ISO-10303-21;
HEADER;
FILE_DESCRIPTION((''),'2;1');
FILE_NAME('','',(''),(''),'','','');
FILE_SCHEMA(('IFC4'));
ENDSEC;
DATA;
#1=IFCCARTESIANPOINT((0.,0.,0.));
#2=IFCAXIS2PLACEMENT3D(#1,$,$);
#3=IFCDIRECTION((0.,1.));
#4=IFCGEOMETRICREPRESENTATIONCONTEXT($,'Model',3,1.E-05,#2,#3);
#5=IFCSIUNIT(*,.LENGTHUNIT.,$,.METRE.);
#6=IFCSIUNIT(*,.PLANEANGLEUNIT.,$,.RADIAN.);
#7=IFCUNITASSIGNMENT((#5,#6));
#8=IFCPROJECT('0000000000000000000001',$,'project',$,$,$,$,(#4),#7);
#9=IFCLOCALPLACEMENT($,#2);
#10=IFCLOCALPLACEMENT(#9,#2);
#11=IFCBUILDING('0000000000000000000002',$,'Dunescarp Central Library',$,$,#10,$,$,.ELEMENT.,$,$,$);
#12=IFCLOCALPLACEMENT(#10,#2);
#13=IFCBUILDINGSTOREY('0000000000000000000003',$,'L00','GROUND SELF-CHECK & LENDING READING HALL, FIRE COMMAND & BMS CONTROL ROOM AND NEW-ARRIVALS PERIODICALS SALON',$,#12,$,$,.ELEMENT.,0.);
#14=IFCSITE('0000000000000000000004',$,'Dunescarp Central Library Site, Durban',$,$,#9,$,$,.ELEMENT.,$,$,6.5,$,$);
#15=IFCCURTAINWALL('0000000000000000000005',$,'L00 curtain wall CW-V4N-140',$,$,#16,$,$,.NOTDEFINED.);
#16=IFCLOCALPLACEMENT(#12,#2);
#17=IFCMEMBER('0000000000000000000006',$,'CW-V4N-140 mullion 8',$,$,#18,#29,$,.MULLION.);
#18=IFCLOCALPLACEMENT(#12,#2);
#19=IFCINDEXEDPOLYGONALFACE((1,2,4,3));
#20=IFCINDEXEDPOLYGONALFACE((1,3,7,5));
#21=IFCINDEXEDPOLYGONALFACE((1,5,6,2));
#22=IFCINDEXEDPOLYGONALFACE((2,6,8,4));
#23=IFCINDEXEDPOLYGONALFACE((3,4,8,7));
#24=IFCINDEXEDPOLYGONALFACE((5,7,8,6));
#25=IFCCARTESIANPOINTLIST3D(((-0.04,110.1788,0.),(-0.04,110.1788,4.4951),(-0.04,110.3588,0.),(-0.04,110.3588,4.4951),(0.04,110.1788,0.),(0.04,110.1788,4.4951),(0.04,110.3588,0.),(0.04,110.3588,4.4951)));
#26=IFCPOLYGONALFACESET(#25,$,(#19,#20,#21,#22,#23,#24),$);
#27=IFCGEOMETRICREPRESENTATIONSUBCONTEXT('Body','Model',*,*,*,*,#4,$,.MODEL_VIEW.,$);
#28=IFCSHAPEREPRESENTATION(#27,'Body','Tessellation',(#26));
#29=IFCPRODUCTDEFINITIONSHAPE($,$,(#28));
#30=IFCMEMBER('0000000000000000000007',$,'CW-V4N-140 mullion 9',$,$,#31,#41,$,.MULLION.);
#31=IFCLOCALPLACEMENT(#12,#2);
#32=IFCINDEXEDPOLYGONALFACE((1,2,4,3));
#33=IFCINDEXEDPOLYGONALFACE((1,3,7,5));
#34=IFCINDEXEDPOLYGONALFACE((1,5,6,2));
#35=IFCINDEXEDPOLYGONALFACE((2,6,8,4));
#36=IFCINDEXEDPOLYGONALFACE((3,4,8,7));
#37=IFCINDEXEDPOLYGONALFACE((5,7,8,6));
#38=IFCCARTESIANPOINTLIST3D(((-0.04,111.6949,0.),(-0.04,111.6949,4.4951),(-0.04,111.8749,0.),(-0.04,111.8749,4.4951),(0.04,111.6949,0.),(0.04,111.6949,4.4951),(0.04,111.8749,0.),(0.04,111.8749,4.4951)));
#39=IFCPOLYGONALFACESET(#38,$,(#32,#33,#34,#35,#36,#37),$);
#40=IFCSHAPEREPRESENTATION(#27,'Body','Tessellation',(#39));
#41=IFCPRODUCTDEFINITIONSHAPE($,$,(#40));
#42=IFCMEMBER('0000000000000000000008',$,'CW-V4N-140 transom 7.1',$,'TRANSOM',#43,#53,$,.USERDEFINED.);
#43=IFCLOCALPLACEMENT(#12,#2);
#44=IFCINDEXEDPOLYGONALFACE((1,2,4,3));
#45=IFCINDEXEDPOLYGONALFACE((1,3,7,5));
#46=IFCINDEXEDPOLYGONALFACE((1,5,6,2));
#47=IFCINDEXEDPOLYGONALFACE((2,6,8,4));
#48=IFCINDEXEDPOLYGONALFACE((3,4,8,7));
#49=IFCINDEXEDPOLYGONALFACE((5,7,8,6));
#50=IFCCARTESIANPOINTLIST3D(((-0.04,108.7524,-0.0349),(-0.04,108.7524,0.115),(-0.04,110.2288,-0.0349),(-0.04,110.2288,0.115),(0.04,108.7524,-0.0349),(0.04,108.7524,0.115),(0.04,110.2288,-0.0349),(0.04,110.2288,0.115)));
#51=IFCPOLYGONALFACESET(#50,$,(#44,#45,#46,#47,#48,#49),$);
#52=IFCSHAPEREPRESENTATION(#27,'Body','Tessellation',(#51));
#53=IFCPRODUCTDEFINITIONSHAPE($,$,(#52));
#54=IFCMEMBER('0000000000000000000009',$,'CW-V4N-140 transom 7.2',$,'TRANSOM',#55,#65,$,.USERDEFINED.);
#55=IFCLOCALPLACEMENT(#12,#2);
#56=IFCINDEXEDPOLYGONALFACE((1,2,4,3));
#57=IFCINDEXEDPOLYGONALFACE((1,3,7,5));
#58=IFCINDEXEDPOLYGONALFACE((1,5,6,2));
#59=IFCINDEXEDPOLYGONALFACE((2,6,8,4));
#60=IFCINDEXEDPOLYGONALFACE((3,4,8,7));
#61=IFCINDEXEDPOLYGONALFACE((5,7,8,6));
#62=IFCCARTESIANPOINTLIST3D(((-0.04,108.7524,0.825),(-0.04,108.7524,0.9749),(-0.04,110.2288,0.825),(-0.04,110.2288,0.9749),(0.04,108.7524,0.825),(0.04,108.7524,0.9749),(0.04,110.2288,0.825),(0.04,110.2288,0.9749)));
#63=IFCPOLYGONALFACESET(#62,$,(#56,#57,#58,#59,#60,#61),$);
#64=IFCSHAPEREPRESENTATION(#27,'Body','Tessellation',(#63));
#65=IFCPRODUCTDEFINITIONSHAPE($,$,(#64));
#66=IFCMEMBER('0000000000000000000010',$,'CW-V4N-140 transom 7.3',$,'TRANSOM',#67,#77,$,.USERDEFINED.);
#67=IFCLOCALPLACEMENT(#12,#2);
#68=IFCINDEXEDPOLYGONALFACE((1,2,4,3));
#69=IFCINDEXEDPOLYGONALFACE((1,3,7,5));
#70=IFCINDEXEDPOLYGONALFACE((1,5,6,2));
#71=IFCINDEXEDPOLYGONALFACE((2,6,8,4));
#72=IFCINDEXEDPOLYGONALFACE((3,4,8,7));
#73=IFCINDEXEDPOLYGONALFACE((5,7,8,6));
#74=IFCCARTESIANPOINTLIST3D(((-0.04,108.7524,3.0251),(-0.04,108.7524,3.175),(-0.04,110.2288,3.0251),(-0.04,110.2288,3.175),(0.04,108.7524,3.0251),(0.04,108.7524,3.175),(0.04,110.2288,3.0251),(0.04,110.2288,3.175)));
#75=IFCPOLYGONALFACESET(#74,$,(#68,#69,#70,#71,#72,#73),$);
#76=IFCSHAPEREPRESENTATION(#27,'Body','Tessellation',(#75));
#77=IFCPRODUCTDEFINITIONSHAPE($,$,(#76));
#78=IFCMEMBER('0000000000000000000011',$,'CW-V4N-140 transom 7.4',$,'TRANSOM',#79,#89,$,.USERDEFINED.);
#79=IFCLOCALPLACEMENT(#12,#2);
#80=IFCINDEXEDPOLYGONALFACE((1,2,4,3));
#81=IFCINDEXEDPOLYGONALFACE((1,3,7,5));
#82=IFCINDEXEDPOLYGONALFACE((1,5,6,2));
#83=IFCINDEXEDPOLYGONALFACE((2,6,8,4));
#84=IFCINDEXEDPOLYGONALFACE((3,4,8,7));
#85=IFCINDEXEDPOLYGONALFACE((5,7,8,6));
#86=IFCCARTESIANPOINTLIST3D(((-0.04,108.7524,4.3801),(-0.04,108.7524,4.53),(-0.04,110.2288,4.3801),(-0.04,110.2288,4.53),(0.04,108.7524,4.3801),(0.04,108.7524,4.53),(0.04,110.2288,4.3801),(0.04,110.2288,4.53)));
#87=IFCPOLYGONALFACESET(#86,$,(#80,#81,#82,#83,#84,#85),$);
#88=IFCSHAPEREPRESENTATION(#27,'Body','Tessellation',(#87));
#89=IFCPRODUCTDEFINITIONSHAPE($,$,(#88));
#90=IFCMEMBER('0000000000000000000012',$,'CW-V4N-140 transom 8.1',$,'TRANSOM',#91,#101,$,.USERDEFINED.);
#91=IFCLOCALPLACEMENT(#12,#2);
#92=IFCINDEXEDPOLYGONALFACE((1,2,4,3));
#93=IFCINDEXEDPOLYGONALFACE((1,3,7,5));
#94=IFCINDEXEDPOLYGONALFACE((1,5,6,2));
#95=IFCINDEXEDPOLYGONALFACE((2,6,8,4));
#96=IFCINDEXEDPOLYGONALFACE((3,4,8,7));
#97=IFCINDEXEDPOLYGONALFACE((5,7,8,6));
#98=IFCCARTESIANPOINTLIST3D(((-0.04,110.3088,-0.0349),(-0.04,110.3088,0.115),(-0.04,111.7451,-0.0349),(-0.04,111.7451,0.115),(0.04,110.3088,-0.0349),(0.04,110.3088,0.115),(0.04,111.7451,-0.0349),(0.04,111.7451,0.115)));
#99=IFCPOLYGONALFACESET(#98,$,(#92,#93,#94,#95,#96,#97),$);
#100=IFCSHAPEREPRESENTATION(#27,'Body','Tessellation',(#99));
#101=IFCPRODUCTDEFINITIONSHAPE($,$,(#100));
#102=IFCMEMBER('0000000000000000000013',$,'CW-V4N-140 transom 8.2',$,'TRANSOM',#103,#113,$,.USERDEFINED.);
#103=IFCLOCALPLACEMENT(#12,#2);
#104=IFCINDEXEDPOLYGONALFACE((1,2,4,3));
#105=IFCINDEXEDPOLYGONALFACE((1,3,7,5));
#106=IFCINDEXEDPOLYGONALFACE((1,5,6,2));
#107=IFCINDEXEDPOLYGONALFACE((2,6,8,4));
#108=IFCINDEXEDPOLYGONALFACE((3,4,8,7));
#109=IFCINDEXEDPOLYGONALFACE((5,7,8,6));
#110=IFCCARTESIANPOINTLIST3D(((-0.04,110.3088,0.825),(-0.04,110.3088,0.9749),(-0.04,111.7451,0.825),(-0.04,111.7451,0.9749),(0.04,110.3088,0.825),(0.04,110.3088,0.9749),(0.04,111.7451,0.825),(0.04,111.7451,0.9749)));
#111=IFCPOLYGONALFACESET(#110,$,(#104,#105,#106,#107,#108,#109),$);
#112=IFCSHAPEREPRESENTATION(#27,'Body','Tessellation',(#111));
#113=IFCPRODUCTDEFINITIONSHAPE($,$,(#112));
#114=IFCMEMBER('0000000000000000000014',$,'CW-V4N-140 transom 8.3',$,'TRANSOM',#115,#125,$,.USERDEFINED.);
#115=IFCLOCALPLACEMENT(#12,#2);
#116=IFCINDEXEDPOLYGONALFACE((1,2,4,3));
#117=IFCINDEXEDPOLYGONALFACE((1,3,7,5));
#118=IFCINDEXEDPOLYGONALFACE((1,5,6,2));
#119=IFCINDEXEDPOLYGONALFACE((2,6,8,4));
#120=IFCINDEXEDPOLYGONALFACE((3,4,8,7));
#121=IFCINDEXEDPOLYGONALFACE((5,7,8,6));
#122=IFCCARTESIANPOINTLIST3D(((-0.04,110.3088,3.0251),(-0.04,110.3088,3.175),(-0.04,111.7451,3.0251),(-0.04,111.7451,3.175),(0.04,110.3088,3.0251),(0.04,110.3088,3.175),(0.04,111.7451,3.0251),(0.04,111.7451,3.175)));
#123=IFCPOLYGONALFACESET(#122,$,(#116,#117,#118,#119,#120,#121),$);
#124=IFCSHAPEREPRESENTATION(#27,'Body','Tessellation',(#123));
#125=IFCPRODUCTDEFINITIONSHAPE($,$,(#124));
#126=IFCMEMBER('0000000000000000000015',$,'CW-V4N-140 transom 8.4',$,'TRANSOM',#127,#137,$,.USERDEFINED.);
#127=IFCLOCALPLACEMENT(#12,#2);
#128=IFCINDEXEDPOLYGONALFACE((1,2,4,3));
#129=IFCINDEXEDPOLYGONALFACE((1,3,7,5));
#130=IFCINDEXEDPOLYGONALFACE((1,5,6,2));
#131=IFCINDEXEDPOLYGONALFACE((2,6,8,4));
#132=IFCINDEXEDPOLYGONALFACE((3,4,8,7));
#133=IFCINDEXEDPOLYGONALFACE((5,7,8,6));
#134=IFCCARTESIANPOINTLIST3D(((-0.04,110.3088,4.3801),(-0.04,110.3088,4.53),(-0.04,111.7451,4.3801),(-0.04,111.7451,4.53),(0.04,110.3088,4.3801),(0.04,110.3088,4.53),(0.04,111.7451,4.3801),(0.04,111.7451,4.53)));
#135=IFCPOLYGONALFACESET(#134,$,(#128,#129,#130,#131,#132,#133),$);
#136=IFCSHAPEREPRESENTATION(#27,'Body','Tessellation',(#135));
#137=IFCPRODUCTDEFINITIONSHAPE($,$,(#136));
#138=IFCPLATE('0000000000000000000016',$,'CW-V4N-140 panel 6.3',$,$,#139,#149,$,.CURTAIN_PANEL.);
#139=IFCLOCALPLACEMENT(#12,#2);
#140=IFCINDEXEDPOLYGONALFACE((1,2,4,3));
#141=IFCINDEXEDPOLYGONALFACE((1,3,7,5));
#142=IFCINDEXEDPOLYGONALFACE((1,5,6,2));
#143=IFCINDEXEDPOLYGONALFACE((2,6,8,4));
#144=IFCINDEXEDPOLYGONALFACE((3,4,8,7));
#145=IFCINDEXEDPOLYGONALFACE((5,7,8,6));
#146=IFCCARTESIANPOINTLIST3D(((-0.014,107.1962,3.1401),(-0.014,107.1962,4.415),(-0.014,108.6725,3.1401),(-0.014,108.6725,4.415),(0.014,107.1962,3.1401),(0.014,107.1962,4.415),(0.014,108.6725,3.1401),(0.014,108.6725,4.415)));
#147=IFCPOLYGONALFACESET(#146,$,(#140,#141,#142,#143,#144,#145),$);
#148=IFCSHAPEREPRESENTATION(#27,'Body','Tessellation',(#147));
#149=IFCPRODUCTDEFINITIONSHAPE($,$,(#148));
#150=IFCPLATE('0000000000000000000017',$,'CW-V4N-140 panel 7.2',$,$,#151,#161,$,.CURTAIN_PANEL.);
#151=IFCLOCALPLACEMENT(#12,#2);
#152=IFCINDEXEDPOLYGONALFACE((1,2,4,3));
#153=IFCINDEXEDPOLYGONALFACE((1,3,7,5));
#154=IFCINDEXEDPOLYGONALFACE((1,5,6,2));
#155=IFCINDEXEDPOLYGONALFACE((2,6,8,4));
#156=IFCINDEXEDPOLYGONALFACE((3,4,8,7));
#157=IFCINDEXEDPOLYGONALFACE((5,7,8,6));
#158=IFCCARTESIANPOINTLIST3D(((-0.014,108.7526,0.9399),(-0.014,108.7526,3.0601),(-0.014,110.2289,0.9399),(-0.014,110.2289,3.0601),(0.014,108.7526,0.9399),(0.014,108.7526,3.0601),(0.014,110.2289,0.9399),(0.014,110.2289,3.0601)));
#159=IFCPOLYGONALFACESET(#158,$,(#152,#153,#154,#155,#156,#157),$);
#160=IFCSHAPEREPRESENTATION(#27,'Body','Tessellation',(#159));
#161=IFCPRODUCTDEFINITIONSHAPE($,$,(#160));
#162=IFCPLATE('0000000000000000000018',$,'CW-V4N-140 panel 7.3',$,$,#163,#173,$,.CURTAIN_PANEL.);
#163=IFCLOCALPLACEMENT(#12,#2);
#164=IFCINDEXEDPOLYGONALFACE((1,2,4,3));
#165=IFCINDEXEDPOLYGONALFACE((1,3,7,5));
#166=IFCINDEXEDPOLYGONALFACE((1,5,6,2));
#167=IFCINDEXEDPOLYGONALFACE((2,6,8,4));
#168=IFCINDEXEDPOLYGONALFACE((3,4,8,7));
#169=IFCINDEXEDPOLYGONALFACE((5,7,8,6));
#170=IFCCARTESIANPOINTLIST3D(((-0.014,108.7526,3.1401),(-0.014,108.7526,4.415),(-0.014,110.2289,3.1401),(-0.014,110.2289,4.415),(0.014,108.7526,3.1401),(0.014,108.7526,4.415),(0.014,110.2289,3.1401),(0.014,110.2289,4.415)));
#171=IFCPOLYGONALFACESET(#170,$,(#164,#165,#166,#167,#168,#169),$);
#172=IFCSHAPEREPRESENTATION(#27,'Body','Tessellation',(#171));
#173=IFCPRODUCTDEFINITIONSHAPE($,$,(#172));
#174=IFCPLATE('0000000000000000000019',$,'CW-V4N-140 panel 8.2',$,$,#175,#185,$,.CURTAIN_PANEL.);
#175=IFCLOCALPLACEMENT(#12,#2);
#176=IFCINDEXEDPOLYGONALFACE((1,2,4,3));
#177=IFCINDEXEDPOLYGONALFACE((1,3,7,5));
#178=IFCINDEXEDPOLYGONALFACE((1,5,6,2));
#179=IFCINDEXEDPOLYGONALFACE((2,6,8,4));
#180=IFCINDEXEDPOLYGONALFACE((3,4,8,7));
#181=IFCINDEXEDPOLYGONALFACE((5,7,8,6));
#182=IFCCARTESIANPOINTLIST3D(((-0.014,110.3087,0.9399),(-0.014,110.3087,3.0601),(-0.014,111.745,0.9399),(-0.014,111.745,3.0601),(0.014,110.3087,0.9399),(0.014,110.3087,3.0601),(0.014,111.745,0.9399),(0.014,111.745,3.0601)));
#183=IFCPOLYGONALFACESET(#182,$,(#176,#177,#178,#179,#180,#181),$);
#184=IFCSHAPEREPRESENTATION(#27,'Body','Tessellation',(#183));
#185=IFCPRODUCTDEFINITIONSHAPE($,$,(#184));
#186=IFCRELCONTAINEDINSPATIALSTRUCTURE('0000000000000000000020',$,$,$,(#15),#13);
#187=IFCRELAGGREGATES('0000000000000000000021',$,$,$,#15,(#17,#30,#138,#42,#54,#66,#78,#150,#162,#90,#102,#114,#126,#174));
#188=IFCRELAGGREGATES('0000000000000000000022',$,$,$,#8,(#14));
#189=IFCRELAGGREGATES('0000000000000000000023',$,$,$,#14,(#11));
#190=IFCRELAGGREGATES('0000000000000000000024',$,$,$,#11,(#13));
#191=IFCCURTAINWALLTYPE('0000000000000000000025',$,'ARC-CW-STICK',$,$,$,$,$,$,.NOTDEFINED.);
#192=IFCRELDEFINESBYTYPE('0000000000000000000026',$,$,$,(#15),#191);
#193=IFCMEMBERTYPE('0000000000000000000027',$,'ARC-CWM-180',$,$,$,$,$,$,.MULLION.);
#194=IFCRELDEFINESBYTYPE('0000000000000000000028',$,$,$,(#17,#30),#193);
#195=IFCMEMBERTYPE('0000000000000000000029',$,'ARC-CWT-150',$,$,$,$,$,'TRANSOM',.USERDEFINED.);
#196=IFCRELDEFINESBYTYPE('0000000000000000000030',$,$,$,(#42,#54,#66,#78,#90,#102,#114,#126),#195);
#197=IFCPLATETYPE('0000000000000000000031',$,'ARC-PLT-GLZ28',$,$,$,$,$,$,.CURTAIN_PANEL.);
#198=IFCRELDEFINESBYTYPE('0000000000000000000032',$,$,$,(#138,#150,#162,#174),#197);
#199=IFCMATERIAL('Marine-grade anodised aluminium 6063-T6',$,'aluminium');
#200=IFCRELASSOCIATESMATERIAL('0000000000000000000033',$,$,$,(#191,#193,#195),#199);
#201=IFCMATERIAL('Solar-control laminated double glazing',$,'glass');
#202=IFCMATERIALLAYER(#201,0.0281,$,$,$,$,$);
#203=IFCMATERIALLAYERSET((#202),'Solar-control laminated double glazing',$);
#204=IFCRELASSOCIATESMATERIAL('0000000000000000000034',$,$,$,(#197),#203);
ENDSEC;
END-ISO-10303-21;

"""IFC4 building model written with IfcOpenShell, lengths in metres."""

from ifc_helpers import new_model, si_unit, direction, frame, origin, origin_2d, place, context, subcontext, project, spatial, rectangle, extrude, material, layer, layer_set, material_profile, profile_set, type_object, element, aggregate, save


model = new_model("IFC4")

# Units and contexts
model_context = context("Model", 3, precision=1e-05, world=origin(), true_north=direction((0.0, 1.0)))
body_context = subcontext(model_context, "Body", "Model", "MODEL_VIEW")
ifc_project = project(units=[si_unit("LENGTHUNIT", "METRE"), si_unit("PLANEANGLEUNIT", "RADIAN")], contexts=[model_context])

# Site, building, storey
site_placement = place(None, origin())
site = spatial("IfcSite", under=ifc_project, at=site_placement, Name="Dunescarp Central Library Site, Durban", CompositionType="ELEMENT", RefElevation=6.5)
building_placement = place(site_placement, origin())
building = spatial("IfcBuilding", under=site, at=building_placement, Name="Dunescarp Central Library", CompositionType="ELEMENT")
storey_placement = place(building_placement, origin())
storey = spatial("IfcBuildingStorey", under=building, at=storey_placement, Name="L00", Description="GROUND SELF-CHECK & LENDING READING HALL, FIRE COMMAND & BMS CONTROL ROOM AND NEW-ARRIVALS PERIODICALS SALON", CompositionType="ELEMENT", Elevation=0.0)

# Curtain wall, members, plates
ifc_material_1 = material(Name="Marine-grade anodised aluminium 6063-T6", Category="aluminium")
curtain_wall_type = type_object("IfcCurtainWallType", Name="ARC-CW-STICK", PredefinedType="NOTDEFINED", material=ifc_material_1)
curtain_wall_placement = place(storey_placement, origin())
curtain_wall = element("IfcCurtainWall", 1, at=curtain_wall_placement, inside=storey, type_object=curtain_wall_type, Name="L00 curtain wall CW-V4N-140", PredefinedType="NOTDEFINED")
ifc_material_profile_1 = material_profile(ifc_material_1, rectangle(XDim=0.0801, YDim=0.1799, at=origin_2d()), Name="AL 80x180")
ifc_profile_set_1 = profile_set([ifc_material_profile_1], Name="Marine-grade anodised aluminium 6063-T6")
member_type_1 = type_object("IfcMemberType", Name="ARC-CWM-180", PredefinedType="MULLION", material=ifc_profile_set_1)
member_1_placement = place(storey_placement, frame((0.0, 110.2688, 0.0), z_axis=(0.0, 0.0, 1.0), x_axis=(-1.0, 0.0, 0.0)))
member_1 = element("IfcMember", 2, at=member_1_placement, type_object=member_type_1, Name="CW-V4N-140 mullion 8", PredefinedType="MULLION", context=body_context, shape_type="SweptSolid", body=[
    extrude(rectangle(XDim=0.0801, YDim=0.1799, at=origin_2d()), origin(), (0.0, 0.0, 1.0), 4.4951),
])
member_2_placement = place(storey_placement, frame((0.0, 111.7849, 0.0), z_axis=(0.0, 0.0, 1.0), x_axis=(-1.0, 0.0, 0.0)))
member_2 = element("IfcMember", 3, at=member_2_placement, type_object=member_type_1, Name="CW-V4N-140 mullion 9", PredefinedType="MULLION", context=body_context, shape_type="SweptSolid", body=[
    extrude(rectangle(XDim=0.0801, YDim=0.1799, at=origin_2d()), origin(), (0.0, 0.0, 1.0), 4.4951),
])
ifc_material_profile_2 = material_profile(ifc_material_1, rectangle(XDim=0.0801, YDim=0.1499, at=origin_2d()), Name="AL 80x150")
ifc_profile_set_2 = profile_set([ifc_material_profile_2], Name="Marine-grade anodised aluminium 6063-T6")
member_type_2 = type_object("IfcMemberType", Name="ARC-CWT-150", ElementType="TRANSOM", PredefinedType="USERDEFINED", material=ifc_profile_set_2)
member_3_placement = place(storey_placement, frame((0.0, 108.7524, 0.04), z_axis=(0.0, 1.0, 0.0), x_axis=(-1.0, 0.0, 0.0)))
member_3 = element("IfcMember", 4, at=member_3_placement, type_object=member_type_2, Name="CW-V4N-140 transom 7.1", ObjectType="TRANSOM", PredefinedType="USERDEFINED", context=body_context, shape_type="SweptSolid", body=[
    extrude(rectangle(XDim=0.0801, YDim=0.1499, at=origin_2d()), origin(), (0.0, 0.0, 1.0), 1.4763),
])
member_4_placement = place(storey_placement, frame((0.0, 108.7524, 0.8999), z_axis=(0.0, 1.0, 0.0), x_axis=(-1.0, 0.0, 0.0)))
member_4 = element("IfcMember", 5, at=member_4_placement, type_object=member_type_2, Name="CW-V4N-140 transom 7.2", ObjectType="TRANSOM", PredefinedType="USERDEFINED", context=body_context, shape_type="SweptSolid", body=[
    extrude(rectangle(XDim=0.0801, YDim=0.1499, at=origin_2d()), origin(), (0.0, 0.0, 1.0), 1.4763),
])
member_5_placement = place(storey_placement, frame((0.0, 108.7524, 3.1001), z_axis=(0.0, 1.0, 0.0), x_axis=(-1.0, 0.0, 0.0)))
member_5 = element("IfcMember", 6, at=member_5_placement, type_object=member_type_2, Name="CW-V4N-140 transom 7.3", ObjectType="TRANSOM", PredefinedType="USERDEFINED", context=body_context, shape_type="SweptSolid", body=[
    extrude(rectangle(XDim=0.0801, YDim=0.1499, at=origin_2d()), origin(), (0.0, 0.0, 1.0), 1.4763),
])
member_6_placement = place(storey_placement, frame((0.0, 108.7524, 4.4551), z_axis=(0.0, 1.0, 0.0), x_axis=(-1.0, 0.0, 0.0)))
member_6 = element("IfcMember", 7, at=member_6_placement, type_object=member_type_2, Name="CW-V4N-140 transom 7.4", ObjectType="TRANSOM", PredefinedType="USERDEFINED", context=body_context, shape_type="SweptSolid", body=[
    extrude(rectangle(XDim=0.0801, YDim=0.1499, at=origin_2d()), origin(), (0.0, 0.0, 1.0), 1.4763),
])
member_7_placement = place(storey_placement, frame((0.0, 110.3088, 0.04), z_axis=(0.0, 1.0, 0.0), x_axis=(-1.0, 0.0, 0.0)))
member_7 = element("IfcMember", 8, at=member_7_placement, type_object=member_type_2, Name="CW-V4N-140 transom 8.1", ObjectType="TRANSOM", PredefinedType="USERDEFINED", context=body_context, shape_type="SweptSolid", body=[
    extrude(rectangle(XDim=0.0801, YDim=0.1499, at=origin_2d()), origin(), (0.0, 0.0, 1.0), 1.4363),
])
member_8_placement = place(storey_placement, frame((0.0, 110.3088, 0.8999), z_axis=(0.0, 1.0, 0.0), x_axis=(-1.0, 0.0, 0.0)))
member_8 = element("IfcMember", 9, at=member_8_placement, type_object=member_type_2, Name="CW-V4N-140 transom 8.2", ObjectType="TRANSOM", PredefinedType="USERDEFINED", context=body_context, shape_type="SweptSolid", body=[
    extrude(rectangle(XDim=0.0801, YDim=0.1499, at=origin_2d()), origin(), (0.0, 0.0, 1.0), 1.4363),
])
member_9_placement = place(storey_placement, frame((0.0, 110.3088, 3.1001), z_axis=(0.0, 1.0, 0.0), x_axis=(-1.0, 0.0, 0.0)))
member_9 = element("IfcMember", 10, at=member_9_placement, type_object=member_type_2, Name="CW-V4N-140 transom 8.3", ObjectType="TRANSOM", PredefinedType="USERDEFINED", context=body_context, shape_type="SweptSolid", body=[
    extrude(rectangle(XDim=0.0801, YDim=0.1499, at=origin_2d()), origin(), (0.0, 0.0, 1.0), 1.4363),
])
member_10_placement = place(storey_placement, frame((0.0, 110.3088, 4.4551), z_axis=(0.0, 1.0, 0.0), x_axis=(-1.0, 0.0, 0.0)))
member_10 = element("IfcMember", 11, at=member_10_placement, type_object=member_type_2, Name="CW-V4N-140 transom 8.4", ObjectType="TRANSOM", PredefinedType="USERDEFINED", context=body_context, shape_type="SweptSolid", body=[
    extrude(rectangle(XDim=0.0801, YDim=0.1499, at=origin_2d()), origin(), (0.0, 0.0, 1.0), 1.4363),
])
ifc_material_2 = material(Name="Solar-control laminated double glazing", Category="glass")
ifc_layer_1 = layer(ifc_material_2, 0.0281)
ifc_layer_set_1 = layer_set([ifc_layer_1], Name="Solar-control laminated double glazing")
plate_type_1 = type_object("IfcPlateType", Name="ARC-PLT-GLZ28", PredefinedType="CURTAIN_PANEL", material=ifc_layer_set_1)
plate_1_placement = place(storey_placement, frame((0.0, 107.9343, 3.1401), z_axis=(0.0, 0.0, 1.0), x_axis=(0.0, 1.0, 0.0)))
plate_1 = element("IfcPlate", 12, at=plate_1_placement, type_object=plate_type_1, Name="CW-V4N-140 panel 6.3", PredefinedType="CURTAIN_PANEL", context=body_context, shape_type="SweptSolid", body=[
    extrude(rectangle(XDim=1.4763, YDim=0.0281, at=origin_2d()), origin(), (0.0, 0.0, 1.0), 1.2749),
])
plate_2_placement = place(storey_placement, frame((0.0, 109.4907, 0.9399), z_axis=(0.0, 0.0, 1.0), x_axis=(0.0, 1.0, 0.0)))
plate_2 = element("IfcPlate", 13, at=plate_2_placement, type_object=plate_type_1, Name="CW-V4N-140 panel 7.2", PredefinedType="CURTAIN_PANEL", context=body_context, shape_type="SweptSolid", body=[
    extrude(rectangle(XDim=1.4763, YDim=0.0281, at=origin_2d()), origin(), (0.0, 0.0, 1.0), 2.1201),
])
plate_3_placement = place(storey_placement, frame((0.0, 109.4907, 3.1401), z_axis=(0.0, 0.0, 1.0), x_axis=(0.0, 1.0, 0.0)))
plate_3 = element("IfcPlate", 14, at=plate_3_placement, type_object=plate_type_1, Name="CW-V4N-140 panel 7.3", PredefinedType="CURTAIN_PANEL", context=body_context, shape_type="SweptSolid", body=[
    extrude(rectangle(XDim=1.4763, YDim=0.0281, at=origin_2d()), origin(), (0.0, 0.0, 1.0), 1.2749),
])
plate_4_placement = place(storey_placement, frame((0.0, 111.0269, 0.9399), z_axis=(0.0, 0.0, 1.0), x_axis=(0.0, 1.0, 0.0)))
plate_4 = element("IfcPlate", 15, at=plate_4_placement, type_object=plate_type_1, Name="CW-V4N-140 panel 8.2", PredefinedType="CURTAIN_PANEL", context=body_context, shape_type="SweptSolid", body=[
    extrude(rectangle(XDim=1.4363, YDim=0.0281, at=origin_2d()), origin(), (0.0, 0.0, 1.0), 2.1201),
])
aggregate(curtain_wall, [member_1, member_2, plate_1, member_3, member_4, member_5, member_6, plate_2, plate_3, member_7, member_8, member_9, member_10, plate_4])

save(model, "model.ifc")
